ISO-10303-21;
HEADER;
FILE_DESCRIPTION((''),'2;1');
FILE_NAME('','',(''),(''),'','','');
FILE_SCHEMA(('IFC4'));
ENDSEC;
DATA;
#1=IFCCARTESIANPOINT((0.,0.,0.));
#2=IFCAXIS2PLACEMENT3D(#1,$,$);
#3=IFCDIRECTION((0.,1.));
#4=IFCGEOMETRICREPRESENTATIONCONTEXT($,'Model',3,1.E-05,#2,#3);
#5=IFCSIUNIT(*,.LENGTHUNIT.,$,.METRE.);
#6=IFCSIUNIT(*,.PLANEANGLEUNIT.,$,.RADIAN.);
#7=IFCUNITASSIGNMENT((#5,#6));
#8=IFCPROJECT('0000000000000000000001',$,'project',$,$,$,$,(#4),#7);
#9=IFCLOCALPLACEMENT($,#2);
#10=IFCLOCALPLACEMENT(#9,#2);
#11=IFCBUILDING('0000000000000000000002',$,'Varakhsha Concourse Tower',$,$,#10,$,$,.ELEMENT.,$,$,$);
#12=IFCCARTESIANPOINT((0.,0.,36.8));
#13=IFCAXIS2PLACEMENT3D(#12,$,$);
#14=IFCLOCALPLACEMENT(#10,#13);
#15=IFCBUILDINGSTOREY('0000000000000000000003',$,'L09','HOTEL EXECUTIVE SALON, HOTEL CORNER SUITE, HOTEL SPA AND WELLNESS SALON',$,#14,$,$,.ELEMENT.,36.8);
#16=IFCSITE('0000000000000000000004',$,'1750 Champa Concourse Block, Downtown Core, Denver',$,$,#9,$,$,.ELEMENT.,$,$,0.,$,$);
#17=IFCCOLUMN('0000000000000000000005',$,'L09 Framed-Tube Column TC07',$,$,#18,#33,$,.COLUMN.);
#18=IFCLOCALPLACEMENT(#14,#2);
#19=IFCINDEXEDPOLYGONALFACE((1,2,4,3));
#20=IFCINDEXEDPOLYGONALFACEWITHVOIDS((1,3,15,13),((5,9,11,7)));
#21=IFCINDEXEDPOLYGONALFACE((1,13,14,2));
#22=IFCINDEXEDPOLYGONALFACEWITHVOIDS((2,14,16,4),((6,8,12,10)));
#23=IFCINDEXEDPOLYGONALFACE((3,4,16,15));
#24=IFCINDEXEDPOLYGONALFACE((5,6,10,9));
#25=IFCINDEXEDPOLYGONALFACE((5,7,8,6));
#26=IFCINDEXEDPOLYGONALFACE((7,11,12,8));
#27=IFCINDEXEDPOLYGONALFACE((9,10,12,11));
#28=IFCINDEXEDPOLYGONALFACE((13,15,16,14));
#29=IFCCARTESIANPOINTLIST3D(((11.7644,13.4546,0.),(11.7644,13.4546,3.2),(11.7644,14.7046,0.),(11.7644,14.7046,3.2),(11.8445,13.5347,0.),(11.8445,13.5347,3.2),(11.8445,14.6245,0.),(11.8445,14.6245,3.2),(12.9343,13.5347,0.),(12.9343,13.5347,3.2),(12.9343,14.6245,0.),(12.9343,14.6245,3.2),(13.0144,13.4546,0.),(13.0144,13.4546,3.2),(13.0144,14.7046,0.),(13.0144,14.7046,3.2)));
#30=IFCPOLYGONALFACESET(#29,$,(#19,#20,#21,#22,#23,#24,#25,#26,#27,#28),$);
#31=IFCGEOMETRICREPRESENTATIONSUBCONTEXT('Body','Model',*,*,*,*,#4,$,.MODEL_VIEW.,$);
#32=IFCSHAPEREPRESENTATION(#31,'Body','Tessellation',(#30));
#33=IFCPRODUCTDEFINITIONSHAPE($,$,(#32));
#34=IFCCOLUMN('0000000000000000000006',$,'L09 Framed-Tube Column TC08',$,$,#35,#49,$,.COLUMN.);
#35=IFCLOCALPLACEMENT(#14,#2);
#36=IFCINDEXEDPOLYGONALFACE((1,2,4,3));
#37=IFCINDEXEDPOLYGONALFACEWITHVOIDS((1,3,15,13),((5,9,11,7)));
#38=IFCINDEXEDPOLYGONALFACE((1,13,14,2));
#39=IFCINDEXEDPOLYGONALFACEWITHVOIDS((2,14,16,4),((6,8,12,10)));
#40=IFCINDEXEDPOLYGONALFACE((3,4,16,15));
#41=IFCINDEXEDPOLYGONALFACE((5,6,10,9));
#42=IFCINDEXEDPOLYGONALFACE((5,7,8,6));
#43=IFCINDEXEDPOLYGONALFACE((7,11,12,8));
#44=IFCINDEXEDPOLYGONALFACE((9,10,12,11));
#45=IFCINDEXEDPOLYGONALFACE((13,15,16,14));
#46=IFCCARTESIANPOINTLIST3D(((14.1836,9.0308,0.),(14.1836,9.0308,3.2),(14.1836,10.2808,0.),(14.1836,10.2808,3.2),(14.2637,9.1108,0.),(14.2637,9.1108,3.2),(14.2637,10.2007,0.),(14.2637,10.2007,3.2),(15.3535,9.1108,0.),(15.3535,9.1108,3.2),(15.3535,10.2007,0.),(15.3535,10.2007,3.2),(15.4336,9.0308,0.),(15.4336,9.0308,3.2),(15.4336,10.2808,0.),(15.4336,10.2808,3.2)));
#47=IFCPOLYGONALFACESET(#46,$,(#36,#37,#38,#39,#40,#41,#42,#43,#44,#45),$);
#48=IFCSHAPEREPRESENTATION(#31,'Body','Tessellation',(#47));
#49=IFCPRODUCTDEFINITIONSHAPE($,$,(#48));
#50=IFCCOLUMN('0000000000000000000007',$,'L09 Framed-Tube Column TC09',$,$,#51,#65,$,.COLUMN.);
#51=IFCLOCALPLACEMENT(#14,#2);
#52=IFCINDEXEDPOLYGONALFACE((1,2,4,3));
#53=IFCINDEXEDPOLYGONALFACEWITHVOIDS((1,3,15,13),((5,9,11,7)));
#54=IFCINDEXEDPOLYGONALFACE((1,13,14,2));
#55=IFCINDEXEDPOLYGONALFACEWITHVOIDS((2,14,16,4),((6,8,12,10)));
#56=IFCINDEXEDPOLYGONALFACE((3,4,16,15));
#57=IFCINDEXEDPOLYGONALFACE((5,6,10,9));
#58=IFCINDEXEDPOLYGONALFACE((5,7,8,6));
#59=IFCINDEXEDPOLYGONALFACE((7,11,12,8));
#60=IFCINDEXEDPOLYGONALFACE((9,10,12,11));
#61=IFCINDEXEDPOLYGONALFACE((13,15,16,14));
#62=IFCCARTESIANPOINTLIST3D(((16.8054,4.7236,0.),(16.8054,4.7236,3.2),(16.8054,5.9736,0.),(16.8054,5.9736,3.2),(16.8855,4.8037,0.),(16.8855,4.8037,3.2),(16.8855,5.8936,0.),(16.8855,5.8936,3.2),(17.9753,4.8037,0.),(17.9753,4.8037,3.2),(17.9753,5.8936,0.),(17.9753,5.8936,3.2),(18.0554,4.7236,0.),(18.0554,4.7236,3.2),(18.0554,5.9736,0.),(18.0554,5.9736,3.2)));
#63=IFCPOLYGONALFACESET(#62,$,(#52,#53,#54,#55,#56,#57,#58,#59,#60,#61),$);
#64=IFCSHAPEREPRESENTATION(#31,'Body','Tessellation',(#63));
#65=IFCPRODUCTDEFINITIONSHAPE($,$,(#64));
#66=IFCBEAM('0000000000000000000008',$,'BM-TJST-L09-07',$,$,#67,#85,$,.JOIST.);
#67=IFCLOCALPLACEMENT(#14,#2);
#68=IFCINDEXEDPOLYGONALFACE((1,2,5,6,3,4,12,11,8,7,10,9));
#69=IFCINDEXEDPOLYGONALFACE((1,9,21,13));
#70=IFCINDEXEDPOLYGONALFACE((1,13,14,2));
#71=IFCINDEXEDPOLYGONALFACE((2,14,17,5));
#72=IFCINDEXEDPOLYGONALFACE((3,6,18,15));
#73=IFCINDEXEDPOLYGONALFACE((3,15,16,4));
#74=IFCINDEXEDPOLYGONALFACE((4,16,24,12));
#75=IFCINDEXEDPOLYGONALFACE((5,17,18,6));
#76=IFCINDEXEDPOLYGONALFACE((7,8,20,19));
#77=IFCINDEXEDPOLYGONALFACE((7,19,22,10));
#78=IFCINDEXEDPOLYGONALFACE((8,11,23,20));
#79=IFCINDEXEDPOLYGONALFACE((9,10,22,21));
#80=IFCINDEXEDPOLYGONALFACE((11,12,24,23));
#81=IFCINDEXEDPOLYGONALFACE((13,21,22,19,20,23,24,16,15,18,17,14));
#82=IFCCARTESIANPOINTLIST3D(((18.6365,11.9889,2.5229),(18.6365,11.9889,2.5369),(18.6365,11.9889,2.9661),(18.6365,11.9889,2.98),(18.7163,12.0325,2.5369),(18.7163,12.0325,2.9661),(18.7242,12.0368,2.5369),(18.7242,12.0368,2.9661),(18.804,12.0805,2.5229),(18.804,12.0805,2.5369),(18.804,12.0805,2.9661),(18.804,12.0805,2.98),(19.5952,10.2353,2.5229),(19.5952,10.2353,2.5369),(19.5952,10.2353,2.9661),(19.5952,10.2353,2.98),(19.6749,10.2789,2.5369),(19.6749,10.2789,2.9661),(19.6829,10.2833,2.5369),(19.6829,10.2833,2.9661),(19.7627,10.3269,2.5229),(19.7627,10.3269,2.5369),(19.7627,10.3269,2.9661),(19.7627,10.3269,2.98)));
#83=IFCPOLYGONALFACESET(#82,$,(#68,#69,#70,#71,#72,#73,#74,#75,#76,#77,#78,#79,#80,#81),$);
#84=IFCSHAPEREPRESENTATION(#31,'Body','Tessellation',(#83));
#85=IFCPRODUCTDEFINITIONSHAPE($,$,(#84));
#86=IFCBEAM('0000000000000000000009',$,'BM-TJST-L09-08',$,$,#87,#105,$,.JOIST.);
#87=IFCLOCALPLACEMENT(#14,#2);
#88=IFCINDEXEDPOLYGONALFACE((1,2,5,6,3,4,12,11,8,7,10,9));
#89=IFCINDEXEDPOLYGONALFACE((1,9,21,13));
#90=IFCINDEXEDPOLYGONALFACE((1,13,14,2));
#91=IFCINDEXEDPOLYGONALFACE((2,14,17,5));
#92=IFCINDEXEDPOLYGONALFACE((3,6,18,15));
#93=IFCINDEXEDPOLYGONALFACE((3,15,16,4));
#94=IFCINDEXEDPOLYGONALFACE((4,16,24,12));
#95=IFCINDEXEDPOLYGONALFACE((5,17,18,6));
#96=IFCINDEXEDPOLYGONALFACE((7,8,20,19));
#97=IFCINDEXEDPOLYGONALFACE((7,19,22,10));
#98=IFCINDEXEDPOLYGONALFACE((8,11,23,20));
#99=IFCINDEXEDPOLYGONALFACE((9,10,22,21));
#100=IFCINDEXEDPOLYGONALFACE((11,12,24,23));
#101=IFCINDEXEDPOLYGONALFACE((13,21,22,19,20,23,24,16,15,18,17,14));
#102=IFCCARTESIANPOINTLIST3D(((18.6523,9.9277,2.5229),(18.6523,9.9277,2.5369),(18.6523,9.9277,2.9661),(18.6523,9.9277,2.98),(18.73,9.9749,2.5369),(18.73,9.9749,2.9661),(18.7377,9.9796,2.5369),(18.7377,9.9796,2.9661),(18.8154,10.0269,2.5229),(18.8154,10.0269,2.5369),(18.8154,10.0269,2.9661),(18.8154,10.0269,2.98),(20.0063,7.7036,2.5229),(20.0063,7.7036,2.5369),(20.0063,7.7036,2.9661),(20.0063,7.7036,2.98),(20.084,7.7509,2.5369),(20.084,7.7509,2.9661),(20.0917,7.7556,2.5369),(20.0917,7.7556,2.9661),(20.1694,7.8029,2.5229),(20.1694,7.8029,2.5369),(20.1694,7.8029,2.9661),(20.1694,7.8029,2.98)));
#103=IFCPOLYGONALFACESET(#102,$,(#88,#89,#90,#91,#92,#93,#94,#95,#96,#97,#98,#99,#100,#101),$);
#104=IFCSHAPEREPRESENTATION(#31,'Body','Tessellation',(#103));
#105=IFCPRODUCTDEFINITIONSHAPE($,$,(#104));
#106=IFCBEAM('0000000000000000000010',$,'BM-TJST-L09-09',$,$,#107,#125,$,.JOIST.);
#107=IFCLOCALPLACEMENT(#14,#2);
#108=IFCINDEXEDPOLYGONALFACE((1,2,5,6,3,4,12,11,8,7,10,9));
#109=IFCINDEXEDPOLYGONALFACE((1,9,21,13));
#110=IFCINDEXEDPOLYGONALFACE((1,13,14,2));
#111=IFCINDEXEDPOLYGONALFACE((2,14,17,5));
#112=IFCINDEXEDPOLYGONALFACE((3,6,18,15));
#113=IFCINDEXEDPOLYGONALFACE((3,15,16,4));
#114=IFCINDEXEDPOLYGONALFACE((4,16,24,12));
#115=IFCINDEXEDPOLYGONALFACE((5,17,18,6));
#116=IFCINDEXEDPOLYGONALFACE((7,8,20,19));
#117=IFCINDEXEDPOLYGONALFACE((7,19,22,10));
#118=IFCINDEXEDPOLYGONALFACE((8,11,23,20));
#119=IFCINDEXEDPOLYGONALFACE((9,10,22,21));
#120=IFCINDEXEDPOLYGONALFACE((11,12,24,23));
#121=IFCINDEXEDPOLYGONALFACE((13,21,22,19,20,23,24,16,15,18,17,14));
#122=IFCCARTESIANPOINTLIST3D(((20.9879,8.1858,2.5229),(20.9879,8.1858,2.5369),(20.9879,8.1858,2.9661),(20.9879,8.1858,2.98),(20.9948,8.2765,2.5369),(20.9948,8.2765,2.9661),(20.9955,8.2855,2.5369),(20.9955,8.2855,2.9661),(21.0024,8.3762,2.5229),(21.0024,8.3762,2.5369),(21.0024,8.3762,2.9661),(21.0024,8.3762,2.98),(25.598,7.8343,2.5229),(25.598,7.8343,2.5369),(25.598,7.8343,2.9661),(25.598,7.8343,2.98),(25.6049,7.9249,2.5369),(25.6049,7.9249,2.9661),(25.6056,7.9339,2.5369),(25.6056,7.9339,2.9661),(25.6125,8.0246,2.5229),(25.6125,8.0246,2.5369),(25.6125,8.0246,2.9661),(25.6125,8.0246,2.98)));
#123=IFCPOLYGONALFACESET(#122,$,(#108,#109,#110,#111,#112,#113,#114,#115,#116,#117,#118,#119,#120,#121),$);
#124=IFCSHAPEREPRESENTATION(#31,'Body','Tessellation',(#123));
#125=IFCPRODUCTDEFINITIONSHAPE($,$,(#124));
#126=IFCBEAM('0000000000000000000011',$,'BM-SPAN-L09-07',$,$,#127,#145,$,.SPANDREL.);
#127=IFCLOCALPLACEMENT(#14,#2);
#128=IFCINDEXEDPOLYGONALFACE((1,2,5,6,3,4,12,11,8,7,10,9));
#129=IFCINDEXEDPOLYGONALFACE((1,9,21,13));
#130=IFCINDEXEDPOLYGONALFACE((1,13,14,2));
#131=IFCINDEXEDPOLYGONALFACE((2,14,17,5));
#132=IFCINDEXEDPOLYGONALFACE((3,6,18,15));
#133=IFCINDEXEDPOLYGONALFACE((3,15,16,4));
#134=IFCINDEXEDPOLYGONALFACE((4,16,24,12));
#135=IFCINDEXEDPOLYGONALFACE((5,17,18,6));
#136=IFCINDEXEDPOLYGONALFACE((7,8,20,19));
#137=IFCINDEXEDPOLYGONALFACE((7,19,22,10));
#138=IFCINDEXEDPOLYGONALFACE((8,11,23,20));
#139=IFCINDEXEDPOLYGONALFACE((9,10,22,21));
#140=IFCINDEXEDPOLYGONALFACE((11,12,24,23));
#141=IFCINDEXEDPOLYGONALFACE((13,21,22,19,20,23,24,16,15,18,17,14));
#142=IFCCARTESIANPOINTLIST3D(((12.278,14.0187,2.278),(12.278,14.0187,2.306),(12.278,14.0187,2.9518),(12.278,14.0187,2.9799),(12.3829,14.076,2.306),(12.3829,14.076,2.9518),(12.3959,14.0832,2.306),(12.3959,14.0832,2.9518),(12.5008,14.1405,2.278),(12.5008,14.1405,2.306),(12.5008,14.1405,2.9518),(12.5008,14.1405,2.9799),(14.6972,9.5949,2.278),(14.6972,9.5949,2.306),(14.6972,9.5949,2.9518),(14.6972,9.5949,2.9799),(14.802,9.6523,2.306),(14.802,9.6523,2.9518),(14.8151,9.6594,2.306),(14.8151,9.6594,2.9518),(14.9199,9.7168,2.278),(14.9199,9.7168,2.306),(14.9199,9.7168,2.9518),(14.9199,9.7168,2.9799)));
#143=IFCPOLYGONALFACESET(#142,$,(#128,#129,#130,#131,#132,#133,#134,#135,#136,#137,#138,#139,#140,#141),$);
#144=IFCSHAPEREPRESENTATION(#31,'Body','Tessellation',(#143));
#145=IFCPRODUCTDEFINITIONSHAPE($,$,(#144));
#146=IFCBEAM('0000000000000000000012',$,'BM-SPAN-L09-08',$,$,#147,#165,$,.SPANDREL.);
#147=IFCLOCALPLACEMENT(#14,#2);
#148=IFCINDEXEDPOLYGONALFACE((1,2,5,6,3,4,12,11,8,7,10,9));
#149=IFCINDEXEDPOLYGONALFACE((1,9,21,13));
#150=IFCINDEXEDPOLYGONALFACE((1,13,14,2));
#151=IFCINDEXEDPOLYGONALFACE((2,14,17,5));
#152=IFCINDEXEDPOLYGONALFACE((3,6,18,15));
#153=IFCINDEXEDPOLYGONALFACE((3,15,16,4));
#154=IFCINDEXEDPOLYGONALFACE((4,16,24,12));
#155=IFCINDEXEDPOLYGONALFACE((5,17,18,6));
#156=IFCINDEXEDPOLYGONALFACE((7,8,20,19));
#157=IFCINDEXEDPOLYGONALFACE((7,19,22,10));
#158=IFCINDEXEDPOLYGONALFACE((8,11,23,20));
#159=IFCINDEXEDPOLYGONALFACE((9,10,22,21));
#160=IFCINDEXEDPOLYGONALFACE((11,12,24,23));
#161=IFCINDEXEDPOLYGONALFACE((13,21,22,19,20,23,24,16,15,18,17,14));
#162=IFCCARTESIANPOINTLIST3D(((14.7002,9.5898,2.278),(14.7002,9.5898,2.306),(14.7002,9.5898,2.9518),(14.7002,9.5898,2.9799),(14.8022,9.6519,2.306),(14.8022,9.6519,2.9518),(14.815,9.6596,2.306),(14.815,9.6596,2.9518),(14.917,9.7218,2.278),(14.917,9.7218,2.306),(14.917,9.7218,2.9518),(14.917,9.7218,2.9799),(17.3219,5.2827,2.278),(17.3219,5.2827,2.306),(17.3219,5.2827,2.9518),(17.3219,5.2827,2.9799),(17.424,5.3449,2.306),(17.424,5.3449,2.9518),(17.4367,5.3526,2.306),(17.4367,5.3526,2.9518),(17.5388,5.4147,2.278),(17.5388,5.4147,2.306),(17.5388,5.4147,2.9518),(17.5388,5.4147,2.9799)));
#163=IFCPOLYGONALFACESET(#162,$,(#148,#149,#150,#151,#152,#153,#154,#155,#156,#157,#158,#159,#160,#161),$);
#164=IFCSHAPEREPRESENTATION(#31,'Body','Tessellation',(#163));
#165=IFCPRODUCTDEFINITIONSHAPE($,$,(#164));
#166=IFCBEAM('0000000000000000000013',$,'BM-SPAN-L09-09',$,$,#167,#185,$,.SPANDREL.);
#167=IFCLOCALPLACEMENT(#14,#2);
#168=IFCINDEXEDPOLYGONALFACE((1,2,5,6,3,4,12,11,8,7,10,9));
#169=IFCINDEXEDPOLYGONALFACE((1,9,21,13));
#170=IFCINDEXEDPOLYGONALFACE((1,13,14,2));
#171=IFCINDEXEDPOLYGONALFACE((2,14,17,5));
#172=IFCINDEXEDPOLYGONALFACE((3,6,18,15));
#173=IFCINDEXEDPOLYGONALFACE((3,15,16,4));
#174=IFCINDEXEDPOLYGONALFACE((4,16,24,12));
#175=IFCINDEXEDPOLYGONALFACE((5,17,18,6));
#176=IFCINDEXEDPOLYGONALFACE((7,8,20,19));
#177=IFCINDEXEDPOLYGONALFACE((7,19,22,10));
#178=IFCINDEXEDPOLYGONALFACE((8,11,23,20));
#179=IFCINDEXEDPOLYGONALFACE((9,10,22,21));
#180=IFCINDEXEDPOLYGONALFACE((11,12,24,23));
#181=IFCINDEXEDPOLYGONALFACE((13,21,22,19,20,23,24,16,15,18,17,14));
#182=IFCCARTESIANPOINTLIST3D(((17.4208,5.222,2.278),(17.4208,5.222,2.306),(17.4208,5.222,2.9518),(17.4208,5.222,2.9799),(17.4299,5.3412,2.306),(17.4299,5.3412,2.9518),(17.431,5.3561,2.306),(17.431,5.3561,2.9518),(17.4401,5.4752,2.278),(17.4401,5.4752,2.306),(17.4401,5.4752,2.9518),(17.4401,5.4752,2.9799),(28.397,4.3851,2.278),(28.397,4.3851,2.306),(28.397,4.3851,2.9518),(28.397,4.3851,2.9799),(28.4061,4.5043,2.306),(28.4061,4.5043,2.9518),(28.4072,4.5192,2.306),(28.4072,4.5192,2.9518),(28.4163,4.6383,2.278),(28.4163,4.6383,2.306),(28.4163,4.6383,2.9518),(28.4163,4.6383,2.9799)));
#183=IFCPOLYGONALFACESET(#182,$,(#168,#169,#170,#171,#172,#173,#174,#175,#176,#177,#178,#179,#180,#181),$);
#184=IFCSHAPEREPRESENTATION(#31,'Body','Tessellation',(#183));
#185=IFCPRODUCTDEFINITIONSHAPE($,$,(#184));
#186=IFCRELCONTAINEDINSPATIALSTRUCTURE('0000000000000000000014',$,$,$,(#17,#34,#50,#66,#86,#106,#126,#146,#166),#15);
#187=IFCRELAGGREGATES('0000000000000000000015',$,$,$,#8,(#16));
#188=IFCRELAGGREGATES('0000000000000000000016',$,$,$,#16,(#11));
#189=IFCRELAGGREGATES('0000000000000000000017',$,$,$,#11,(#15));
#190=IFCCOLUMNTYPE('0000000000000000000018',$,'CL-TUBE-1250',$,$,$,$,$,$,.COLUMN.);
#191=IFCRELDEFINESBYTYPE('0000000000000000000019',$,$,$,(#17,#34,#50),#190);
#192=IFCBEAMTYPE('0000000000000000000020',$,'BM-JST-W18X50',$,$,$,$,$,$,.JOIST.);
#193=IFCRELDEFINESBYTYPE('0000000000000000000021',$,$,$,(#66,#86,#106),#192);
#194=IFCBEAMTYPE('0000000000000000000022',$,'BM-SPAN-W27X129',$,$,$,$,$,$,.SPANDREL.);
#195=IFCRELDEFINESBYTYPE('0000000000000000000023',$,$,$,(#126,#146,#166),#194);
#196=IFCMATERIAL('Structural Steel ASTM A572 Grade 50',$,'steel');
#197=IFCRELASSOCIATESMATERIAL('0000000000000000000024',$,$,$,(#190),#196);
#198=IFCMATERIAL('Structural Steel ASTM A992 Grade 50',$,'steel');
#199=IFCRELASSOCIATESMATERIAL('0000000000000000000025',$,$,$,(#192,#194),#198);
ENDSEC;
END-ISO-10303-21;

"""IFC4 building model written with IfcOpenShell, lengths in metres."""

from ifc_helpers import new_model, si_unit, direction, frame, origin, origin_2d, place, context, subcontext, project, spatial, hollow_rectangle, i_section, extrude, material, material_profile, profile_set, type_object, element, save


model = new_model("IFC4")

# Units and contexts
model_context = context("Model", 3, precision=1e-05, world=origin(), true_north=direction((0.0, 1.0)))
body_context = subcontext(model_context, "Body", "Model", "MODEL_VIEW")
ifc_project = project(units=[si_unit("LENGTHUNIT", "METRE"), si_unit("PLANEANGLEUNIT", "RADIAN")], contexts=[model_context])

# Site, building, storey
site_placement = place(None, origin())
site = spatial("IfcSite", under=ifc_project, at=site_placement, Name="1750 Champa Concourse Block, Downtown Core, Denver", CompositionType="ELEMENT", RefElevation=0.0)
building_placement = place(site_placement, origin())
building = spatial("IfcBuilding", under=site, at=building_placement, Name="Varakhsha Concourse Tower", CompositionType="ELEMENT")
storey_placement = place(building_placement, frame((0.0, 0.0, 36.8)))
storey = spatial("IfcBuildingStorey", under=building, at=storey_placement, Name="L09", Description="HOTEL EXECUTIVE SALON, HOTEL CORNER SUITE, HOTEL SPA AND WELLNESS SALON", CompositionType="ELEMENT", Elevation=36.8)

# Columns
ifc_material_1 = material(Name="Structural Steel ASTM A572 Grade 50", Category="steel")
ifc_material_profile_1 = material_profile(ifc_material_1, hollow_rectangle(XDim=1.25, YDim=1.25, WallThickness=0.0801, at=origin_2d()), Name="BOX 1250x1250x80")
ifc_profile_set_1 = profile_set([ifc_material_profile_1], Name="Structural Steel ASTM A572 Grade 50")
column_type = type_object("IfcColumnType", Name="CL-TUBE-1250", PredefinedType="COLUMN", material=ifc_profile_set_1)
for number, where, z_axis, x_axis, name in (
    (1, (12.3894, 14.0796, 0.0), (0.0, 0.0, 1.0), (1.0, 0.0, 0.0), "L09 Framed-Tube Column TC07"),
    (2, (14.8086, 9.6558, 0.0), (0.0, 0.0, 1.0), (1.0, 0.0, 0.0), "L09 Framed-Tube Column TC08"),
    (3, (17.4304, 5.3486, 0.0), (0.0, 0.0, 1.0), (1.0, 0.0, 0.0), "L09 Framed-Tube Column TC09"),
):
    element("IfcColumn", number, at=place(storey_placement, frame(where, z_axis=z_axis, x_axis=x_axis)), inside=storey, type_object=column_type, Name=name, PredefinedType="COLUMN", context=body_context, shape_type="SweptSolid", body=[
        extrude(hollow_rectangle(XDim=1.25, YDim=1.25, WallThickness=0.0801, at=origin_2d()), origin(), (0.0, 0.0, 1.0), 3.2),
    ])

# Beams
ifc_material_2 = material(Name="Structural Steel ASTM A992 Grade 50", Category="steel")
ifc_material_profile_2 = material_profile(ifc_material_2, i_section(OverallWidth=0.1909, OverallDepth=0.457, WebThickness=0.009, FlangeThickness=0.0139, at=origin_2d()), Name="W18X50")
ifc_profile_set_2 = profile_set([ifc_material_profile_2], Name="Structural Steel ASTM A992 Grade 50")
beam_type_1 = type_object("IfcBeamType", Name="BM-JST-W18X50", PredefinedType="JOIST", material=ifc_profile_set_2)
beam_1_placement = place(storey_placement, frame((18.7202, 12.0347, 2.7515), z_axis=(0.479699, -0.877433, 0.0), x_axis=(0.877433, 0.479699, 0.0)))
element("IfcBeam", 4, at=beam_1_placement, inside=storey, type_object=beam_type_1, Name="BM-TJST-L09-07", PredefinedType="JOIST", context=body_context, shape_type="SweptSolid", body=[
    extrude(i_section(OverallWidth=0.1909, OverallDepth=0.457, WebThickness=0.009, FlangeThickness=0.0139, at=origin_2d()), origin(), (0.0, 0.0, 1.0), 1.9985),
])
beam_2_placement = place(storey_placement, frame((18.7339, 9.9773, 2.7515), z_axis=(0.52, -0.854166, 0.0), x_axis=(0.854166, 0.52, 0.0)))
element("IfcBeam", 5, at=beam_2_placement, inside=storey, type_object=beam_type_1, Name="BM-TJST-L09-08", PredefinedType="JOIST", context=body_context, shape_type="SweptSolid", body=[
    extrude(i_section(OverallWidth=0.1909, OverallDepth=0.457, WebThickness=0.009, FlangeThickness=0.0139, at=origin_2d()), origin(), (0.0, 0.0, 1.0), 2.6038),
])
beam_3_placement = place(storey_placement, frame((20.9951, 8.281, 2.7515), z_axis=(0.997105, -0.076038, 0.0), x_axis=(0.076038, 0.997105, 0.0)))
element("IfcBeam", 6, at=beam_3_placement, inside=storey, type_object=beam_type_1, Name="BM-TJST-L09-09", PredefinedType="JOIST", context=body_context, shape_type="SweptSolid", body=[
    extrude(i_section(OverallWidth=0.1909, OverallDepth=0.457, WebThickness=0.009, FlangeThickness=0.0139, at=origin_2d()), origin(), (0.0, 0.0, 1.0), 4.6235),
])
ifc_material_profile_3 = material_profile(ifc_material_2, i_section(OverallWidth=0.2539, OverallDepth=0.7019, WebThickness=0.0149, FlangeThickness=0.0281, at=origin_2d()), Name="W27X129")
ifc_profile_set_3 = profile_set([ifc_material_profile_3], Name="Structural Steel ASTM A992 Grade 50")
beam_type_2 = type_object("IfcBeamType", Name="BM-SPAN-W27X129", PredefinedType="SPANDREL", material=ifc_profile_set_3)
beam_4_placement = place(storey_placement, frame((12.3894, 14.0796, 2.6289), z_axis=(0.479798, -0.877379, 0.0), x_axis=(0.877379, 0.479798, 0.0)))
element("IfcBeam", 7, at=beam_4_placement, inside=storey, type_object=beam_type_2, Name="BM-SPAN-L09-07", PredefinedType="SPANDREL", context=body_context, shape_type="SweptSolid", body=[
    extrude(i_section(OverallWidth=0.2539, OverallDepth=0.7019, WebThickness=0.0149, FlangeThickness=0.0281, at=origin_2d()), origin(), (0.0, 0.0, 1.0), 5.042),
])
beam_5_placement = place(storey_placement, frame((14.8086, 9.6558, 2.6289), z_axis=(0.519961, -0.85419, 0.0), x_axis=(0.85419, 0.519961, 0.0)))
element("IfcBeam", 8, at=beam_5_placement, inside=storey, type_object=beam_type_2, Name="BM-SPAN-L09-08", PredefinedType="SPANDREL", context=body_context, shape_type="SweptSolid", body=[
    extrude(i_section(OverallWidth=0.2539, OverallDepth=0.7019, WebThickness=0.0149, FlangeThickness=0.0281, at=origin_2d()), origin(), (0.0, 0.0, 1.0), 5.0422),
])
beam_6_placement = place(storey_placement, frame((17.4304, 5.3486, 2.6289), z_axis=(0.997106, -0.076027, 0.0), x_axis=(0.076027, 0.997106, 0.0)))
element("IfcBeam", 9, at=beam_6_placement, inside=storey, type_object=beam_type_2, Name="BM-SPAN-L09-09", PredefinedType="SPANDREL", context=body_context, shape_type="SweptSolid", body=[
    extrude(i_section(OverallWidth=0.2539, OverallDepth=0.7019, WebThickness=0.0149, FlangeThickness=0.0281, at=origin_2d()), origin(), (0.0, 0.0, 1.0), 11.0081),
])

save(model, "model.ifc")
